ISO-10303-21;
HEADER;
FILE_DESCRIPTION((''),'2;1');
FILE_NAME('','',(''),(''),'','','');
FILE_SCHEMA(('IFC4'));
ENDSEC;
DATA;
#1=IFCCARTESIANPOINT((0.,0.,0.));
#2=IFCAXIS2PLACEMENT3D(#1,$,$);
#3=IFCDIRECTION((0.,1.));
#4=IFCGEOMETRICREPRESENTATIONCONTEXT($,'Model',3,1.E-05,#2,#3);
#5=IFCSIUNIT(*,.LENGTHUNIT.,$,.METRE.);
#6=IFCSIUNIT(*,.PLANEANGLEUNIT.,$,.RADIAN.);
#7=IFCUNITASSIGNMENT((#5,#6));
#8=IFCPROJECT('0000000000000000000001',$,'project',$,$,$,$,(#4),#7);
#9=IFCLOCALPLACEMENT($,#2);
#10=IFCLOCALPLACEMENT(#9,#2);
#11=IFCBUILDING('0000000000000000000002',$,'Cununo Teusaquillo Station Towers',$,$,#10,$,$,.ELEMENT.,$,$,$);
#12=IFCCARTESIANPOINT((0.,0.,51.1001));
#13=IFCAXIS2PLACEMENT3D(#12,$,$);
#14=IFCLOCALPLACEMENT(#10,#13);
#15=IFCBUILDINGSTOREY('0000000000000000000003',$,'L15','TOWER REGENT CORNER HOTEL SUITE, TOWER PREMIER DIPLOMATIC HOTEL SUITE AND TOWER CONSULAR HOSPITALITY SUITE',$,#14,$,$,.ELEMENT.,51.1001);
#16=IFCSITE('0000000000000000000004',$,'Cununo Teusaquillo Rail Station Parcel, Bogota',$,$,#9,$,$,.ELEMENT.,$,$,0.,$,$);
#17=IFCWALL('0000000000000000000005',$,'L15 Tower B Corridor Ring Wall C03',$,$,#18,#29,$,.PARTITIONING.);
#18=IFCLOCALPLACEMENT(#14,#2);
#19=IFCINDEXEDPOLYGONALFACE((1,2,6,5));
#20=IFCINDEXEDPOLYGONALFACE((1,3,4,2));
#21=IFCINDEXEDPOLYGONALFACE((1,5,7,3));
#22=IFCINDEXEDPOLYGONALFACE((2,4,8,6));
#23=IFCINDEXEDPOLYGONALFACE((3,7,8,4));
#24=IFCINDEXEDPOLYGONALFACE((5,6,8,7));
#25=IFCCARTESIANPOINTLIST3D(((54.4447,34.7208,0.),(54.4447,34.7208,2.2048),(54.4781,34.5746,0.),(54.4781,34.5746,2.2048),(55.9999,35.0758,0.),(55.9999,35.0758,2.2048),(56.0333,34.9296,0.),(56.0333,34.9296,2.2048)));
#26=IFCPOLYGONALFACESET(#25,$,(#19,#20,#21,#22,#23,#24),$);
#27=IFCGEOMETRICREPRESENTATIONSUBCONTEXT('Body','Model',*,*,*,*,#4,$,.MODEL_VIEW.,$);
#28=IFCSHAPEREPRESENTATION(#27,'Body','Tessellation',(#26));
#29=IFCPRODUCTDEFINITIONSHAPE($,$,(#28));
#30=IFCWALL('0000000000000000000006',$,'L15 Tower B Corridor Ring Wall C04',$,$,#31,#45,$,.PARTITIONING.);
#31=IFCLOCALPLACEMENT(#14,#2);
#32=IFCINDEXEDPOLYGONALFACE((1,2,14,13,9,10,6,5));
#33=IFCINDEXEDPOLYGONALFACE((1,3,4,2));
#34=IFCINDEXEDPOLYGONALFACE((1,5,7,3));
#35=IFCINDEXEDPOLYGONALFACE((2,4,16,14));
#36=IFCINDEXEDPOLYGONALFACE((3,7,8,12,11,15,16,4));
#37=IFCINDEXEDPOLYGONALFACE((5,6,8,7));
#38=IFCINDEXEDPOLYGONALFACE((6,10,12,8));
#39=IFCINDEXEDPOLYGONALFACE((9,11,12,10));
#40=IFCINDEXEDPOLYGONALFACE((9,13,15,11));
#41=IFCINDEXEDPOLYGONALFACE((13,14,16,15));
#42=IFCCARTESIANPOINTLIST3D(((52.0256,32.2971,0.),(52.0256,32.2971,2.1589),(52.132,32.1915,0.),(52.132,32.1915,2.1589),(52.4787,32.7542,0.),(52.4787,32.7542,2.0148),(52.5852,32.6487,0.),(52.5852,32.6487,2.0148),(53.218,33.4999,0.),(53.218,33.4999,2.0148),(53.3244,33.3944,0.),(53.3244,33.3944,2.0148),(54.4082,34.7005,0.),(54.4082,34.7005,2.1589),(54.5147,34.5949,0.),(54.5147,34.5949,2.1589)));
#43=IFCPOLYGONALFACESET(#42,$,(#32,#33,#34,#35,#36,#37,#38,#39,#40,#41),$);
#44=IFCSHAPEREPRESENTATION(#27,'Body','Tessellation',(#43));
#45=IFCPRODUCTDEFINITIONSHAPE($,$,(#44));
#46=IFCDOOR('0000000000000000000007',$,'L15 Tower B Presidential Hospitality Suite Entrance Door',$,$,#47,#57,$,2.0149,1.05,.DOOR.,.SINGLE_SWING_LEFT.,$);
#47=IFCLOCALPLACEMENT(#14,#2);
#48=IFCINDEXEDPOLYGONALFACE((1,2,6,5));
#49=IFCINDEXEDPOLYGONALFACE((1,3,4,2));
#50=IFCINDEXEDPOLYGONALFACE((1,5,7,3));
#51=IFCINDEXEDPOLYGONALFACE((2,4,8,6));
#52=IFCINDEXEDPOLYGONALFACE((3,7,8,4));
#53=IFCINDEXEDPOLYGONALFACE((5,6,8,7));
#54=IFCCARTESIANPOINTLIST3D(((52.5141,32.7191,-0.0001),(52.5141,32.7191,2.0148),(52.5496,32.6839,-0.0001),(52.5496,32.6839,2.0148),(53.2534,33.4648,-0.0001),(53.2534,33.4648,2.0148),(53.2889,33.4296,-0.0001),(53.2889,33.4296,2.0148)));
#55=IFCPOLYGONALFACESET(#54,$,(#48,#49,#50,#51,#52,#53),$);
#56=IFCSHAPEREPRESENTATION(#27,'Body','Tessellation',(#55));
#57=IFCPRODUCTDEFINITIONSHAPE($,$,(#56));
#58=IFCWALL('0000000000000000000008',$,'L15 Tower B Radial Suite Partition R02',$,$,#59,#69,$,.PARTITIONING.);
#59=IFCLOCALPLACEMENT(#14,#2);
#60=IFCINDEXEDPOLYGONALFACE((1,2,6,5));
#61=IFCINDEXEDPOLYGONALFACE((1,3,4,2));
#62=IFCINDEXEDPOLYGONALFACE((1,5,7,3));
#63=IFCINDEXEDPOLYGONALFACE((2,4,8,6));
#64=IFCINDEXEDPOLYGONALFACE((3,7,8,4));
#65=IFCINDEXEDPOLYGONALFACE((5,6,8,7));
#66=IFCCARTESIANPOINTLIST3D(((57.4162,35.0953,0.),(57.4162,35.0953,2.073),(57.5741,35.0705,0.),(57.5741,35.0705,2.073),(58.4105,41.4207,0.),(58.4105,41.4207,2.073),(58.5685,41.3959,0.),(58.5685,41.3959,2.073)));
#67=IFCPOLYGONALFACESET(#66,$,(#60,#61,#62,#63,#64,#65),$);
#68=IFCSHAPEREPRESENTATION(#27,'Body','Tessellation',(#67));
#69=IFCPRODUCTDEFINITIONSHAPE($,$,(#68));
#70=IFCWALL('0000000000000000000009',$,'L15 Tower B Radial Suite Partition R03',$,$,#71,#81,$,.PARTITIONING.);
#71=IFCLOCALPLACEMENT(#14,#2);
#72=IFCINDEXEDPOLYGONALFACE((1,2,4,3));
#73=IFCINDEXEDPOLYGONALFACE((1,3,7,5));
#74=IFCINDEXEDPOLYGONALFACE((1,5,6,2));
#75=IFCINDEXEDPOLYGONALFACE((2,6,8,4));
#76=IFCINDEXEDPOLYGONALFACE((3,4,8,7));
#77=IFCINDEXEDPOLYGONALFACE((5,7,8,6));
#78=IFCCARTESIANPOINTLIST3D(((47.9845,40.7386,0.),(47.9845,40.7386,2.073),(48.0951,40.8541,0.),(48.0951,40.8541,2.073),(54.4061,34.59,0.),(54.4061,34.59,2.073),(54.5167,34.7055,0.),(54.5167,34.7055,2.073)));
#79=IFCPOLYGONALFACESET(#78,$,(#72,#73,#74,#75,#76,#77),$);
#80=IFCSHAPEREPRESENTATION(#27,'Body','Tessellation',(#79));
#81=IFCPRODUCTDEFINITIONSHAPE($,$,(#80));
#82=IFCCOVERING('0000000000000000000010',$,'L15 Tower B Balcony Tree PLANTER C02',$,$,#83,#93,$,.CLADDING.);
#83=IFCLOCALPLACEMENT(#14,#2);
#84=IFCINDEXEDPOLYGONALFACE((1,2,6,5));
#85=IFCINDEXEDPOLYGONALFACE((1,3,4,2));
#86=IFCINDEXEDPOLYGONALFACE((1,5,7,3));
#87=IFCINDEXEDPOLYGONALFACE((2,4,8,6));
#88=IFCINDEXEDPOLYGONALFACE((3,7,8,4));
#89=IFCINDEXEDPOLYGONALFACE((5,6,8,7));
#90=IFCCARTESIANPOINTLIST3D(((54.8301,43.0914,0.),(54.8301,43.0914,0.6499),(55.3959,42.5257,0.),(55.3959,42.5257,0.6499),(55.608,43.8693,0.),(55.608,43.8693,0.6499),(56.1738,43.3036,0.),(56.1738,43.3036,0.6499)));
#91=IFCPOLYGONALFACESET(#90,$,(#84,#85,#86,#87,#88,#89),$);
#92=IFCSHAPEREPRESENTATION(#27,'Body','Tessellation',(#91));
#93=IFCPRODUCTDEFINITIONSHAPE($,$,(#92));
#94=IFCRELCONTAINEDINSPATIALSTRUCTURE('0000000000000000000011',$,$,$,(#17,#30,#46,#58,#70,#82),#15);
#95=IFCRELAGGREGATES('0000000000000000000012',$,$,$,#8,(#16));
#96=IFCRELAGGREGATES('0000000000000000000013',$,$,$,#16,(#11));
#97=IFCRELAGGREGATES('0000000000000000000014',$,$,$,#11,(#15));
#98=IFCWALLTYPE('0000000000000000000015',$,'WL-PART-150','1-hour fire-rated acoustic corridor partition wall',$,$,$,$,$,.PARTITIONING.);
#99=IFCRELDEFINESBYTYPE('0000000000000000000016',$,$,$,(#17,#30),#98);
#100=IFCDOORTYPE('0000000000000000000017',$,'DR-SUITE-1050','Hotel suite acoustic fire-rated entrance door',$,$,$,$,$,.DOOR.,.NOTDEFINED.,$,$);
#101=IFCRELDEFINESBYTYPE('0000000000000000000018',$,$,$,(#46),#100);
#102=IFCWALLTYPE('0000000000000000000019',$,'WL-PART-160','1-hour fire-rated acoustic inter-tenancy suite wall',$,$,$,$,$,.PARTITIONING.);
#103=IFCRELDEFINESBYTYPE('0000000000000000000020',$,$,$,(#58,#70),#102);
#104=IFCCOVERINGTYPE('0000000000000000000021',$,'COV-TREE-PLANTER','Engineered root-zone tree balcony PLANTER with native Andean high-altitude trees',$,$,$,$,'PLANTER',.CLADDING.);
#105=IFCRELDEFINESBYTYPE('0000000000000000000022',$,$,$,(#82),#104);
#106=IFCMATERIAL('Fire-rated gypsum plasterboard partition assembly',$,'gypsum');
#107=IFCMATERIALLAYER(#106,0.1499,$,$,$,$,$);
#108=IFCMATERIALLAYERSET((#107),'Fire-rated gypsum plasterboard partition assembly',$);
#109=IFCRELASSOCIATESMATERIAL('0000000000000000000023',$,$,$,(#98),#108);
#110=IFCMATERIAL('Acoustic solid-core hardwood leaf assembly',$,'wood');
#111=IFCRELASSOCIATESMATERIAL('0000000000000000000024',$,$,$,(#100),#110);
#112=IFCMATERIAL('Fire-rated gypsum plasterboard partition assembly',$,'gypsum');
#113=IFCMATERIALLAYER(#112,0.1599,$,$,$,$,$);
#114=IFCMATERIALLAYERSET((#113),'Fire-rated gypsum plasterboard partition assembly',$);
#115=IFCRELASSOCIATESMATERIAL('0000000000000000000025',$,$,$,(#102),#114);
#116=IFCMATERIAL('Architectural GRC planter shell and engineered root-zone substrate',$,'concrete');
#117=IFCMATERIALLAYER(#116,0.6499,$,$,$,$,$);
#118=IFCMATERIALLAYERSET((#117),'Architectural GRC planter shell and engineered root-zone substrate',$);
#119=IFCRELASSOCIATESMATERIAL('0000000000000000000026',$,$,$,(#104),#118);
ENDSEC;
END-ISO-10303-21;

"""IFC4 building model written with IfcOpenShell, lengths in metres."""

from ifc_helpers import new_model, si_unit, direction, frame, frame_2d, origin, origin_2d, place, context, subcontext, project, spatial, rectangle, extrude, source, transform, mapped, material, layer, layer_set, type_object, element, fill, save


model = new_model("IFC4")

# Units and contexts
model_context = context("Model", 3, precision=1e-05, world=origin(), true_north=direction((0.0, 1.0)))
body_context = subcontext(model_context, "Body", "Model", "MODEL_VIEW")
ifc_project = project(units=[si_unit("LENGTHUNIT", "METRE"), si_unit("PLANEANGLEUNIT", "RADIAN")], contexts=[model_context])

# Site, building, storey
site_placement = place(None, origin())
site = spatial("IfcSite", under=ifc_project, at=site_placement, Name="Cununo Teusaquillo Rail Station Parcel, Bogota", CompositionType="ELEMENT", RefElevation=0.0)
building_placement = place(site_placement, origin())
building = spatial("IfcBuilding", under=site, at=building_placement, Name="Cununo Teusaquillo Station Towers", CompositionType="ELEMENT")
storey_placement = place(building_placement, frame((0.0, 0.0, 51.1001)))
storey = spatial("IfcBuildingStorey", under=building, at=storey_placement, Name="L15", Description="TOWER REGENT CORNER HOTEL SUITE, TOWER PREMIER DIPLOMATIC HOTEL SUITE AND TOWER CONSULAR HOSPITALITY SUITE", CompositionType="ELEMENT", Elevation=51.1001)

# Shared definitions
ifc_material_1 = material(Name="Fire-rated gypsum plasterboard partition assembly", Category="gypsum")
ifc_layer_1 = layer(ifc_material_1, 0.1499)
ifc_layer_set_1 = layer_set([ifc_layer_1], Name="Fire-rated gypsum plasterboard partition assembly")
wall_type_1 = type_object("IfcWallType", Name="WL-PART-150", Description="1-hour fire-rated acoustic corridor partition wall", PredefinedType="PARTITIONING", material=ifc_layer_set_1)
shared_shape_1 = source(origin(), body_context, "Body", "SweptSolid", [
    extrude(rectangle(XDim=1.05, YDim=2.0149, at=frame_2d((0.5249, 1.0073))), frame((0.0, 0.085, 0.0), z_axis=(0.0, -1.0, 0.0), x_axis=(1.0, 0.0, 0.0)), (0.0, 0.0, 1.0), 0.1699),
])
ifc_material_2 = material(Name="Acoustic solid-core hardwood leaf assembly", Category="wood")
door_type_1 = type_object("IfcDoorType", Name="DR-SUITE-1050", Description="Hotel suite acoustic fire-rated entrance door", OperationType="NOTDEFINED", PredefinedType="DOOR", material=ifc_material_2)
shared_shape_2 = source(origin(), body_context, "Body", "SweptSolid", [
    extrude(rectangle(XDim=1.05, YDim=2.0149, at=frame_2d((0.5249, 1.0073))), frame((0.0, 0.0249, 0.0), z_axis=(0.0, -1.0, 0.0), x_axis=(1.0, 0.0, 0.0)), (0.0, 0.0, 1.0), 0.05),
])

# Wall
wall_1_placement = place(storey_placement, frame((56.0166, 35.0027, 0.0), z_axis=(0.0, 0.0, 1.0), x_axis=(-0.974925, -0.222534, 0.0)))
element("IfcWall", 1, at=wall_1_placement, inside=storey, type_object=wall_type_1, Name="L15 Tower B Corridor Ring Wall C03", PredefinedType="PARTITIONING", context=body_context, shape_type="SweptSolid", body=[
    extrude(rectangle(XDim=1.5952, YDim=0.1499, at=frame_2d((0.7976, 0.0))), origin(), (0.0, 0.0, 1.0), 2.2048),
])

# Wall, opening, door
wall_2_placement = place(storey_placement, frame((54.4614, 34.6477, 0.0), z_axis=(0.0, 0.0, 1.0), x_axis=(-0.704034, -0.710166, 0.0)))
wall_2 = element("IfcWall", 2, at=wall_2_placement, inside=storey, type_object=wall_type_1, Name="L15 Tower B Corridor Ring Wall C04", PredefinedType="PARTITIONING", context=body_context, shape_type="SweptSolid", body=[
    extrude(rectangle(XDim=3.3843, YDim=0.1499, at=frame_2d((1.6921, 0.0))), origin(), (0.0, 0.0, 1.0), 2.1589),
])
opening_1_placement = place(wall_2_placement, frame((1.6907, 0.0, 0.0)))
opening_1 = element("IfcOpeningElement", 3, at=opening_1_placement, cuts=wall_2, PredefinedType="OPENING", context=body_context, shape_type="MappedRepresentation", body=[
    mapped(shared_shape_1, transform((0.0, 0.0, 0.0), x_axis=(1.0, 0.0, 0.0), y_axis=(0.0, 1.0, 0.0), z_axis=(0.0, 0.0, 1.0), scale=1.0)),
])
door_1_placement = place(opening_1_placement, origin())
door_1 = element("IfcDoor", 4, at=door_1_placement, inside=storey, type_object=door_type_1, Name="L15 Tower B Presidential Hospitality Suite Entrance Door", OperationType="SINGLE_SWING_LEFT", OverallHeight=2.0149, OverallWidth=1.05, PredefinedType="DOOR", context=body_context, shape_type="MappedRepresentation", body=[
    mapped(shared_shape_2, transform((0.0, 0.0, 0.0), x_axis=(1.0, 0.0, 0.0), y_axis=(0.0, 1.0, 0.0), z_axis=(0.0, 0.0, 1.0), scale=1.0)),
])
fill(opening_1, door_1)

# Walls
ifc_material_3 = material(Name="Fire-rated gypsum plasterboard partition assembly", Category="gypsum")
ifc_layer_2 = layer(ifc_material_3, 0.1599)
ifc_layer_set_2 = layer_set([ifc_layer_2], Name="Fire-rated gypsum plasterboard partition assembly")
wall_type_2 = type_object("IfcWallType", Name="WL-PART-160", Description="1-hour fire-rated acoustic inter-tenancy suite wall", PredefinedType="PARTITIONING", material=ifc_layer_set_2)
wall_3_placement = place(storey_placement, frame((57.4951, 35.0828, 0.0), z_axis=(0.0, 0.0, 1.0), x_axis=(0.155297, 0.987868, 0.0)))
element("IfcWall", 5, at=wall_3_placement, inside=storey, type_object=wall_type_2, Name="L15 Tower B Radial Suite Partition R02", PredefinedType="PARTITIONING", context=body_context, shape_type="SweptSolid", body=[
    extrude(rectangle(XDim=6.4031, YDim=0.1599, at=frame_2d((3.2017, 0.0))), origin(), (0.0, 0.0, 1.0), 2.073),
])
wall_4_placement = place(storey_placement, frame((54.4614, 34.6477, 0.0), z_axis=(0.0, 0.0, 1.0), x_axis=(-0.72229, 0.69159, 0.0)))
element("IfcWall", 6, at=wall_4_placement, inside=storey, type_object=wall_type_2, Name="L15 Tower B Radial Suite Partition R03", PredefinedType="PARTITIONING", context=body_context, shape_type="SweptSolid", body=[
    extrude(rectangle(XDim=8.8906, YDim=0.1599, at=frame_2d((4.4453, 0.0))), origin(), (0.0, 0.0, 1.0), 2.073),
])

# Covering
ifc_material_4 = material(Name="Architectural GRC planter shell and engineered root-zone substrate", Category="concrete")
ifc_layer_3 = layer(ifc_material_4, 0.6499)
ifc_layer_set_3 = layer_set([ifc_layer_3], Name="Architectural GRC planter shell and engineered root-zone substrate")
covering_type = type_object("IfcCoveringType", Name="COV-TREE-PLANTER", Description="Engineered root-zone tree balcony PLANTER with native Andean high-altitude trees", ElementType="PLANTER", PredefinedType="CLADDING", material=ifc_layer_set_3)
shared_shape_3 = source(origin(), body_context, "Body", "SweptSolid", [
    extrude(rectangle(XDim=1.1001, YDim=0.8, at=origin_2d()), origin(), (0.0, 0.0, 1.0), 0.6499),
])
covering_placement = place(storey_placement, frame((55.502, 43.1975, 0.0), z_axis=(0.0, 0.0, 1.0), x_axis=(0.707107, 0.707107, 0.0)))
element("IfcCovering", 7, at=covering_placement, inside=storey, type_object=covering_type, Name="L15 Tower B Balcony Tree PLANTER C02", PredefinedType="CLADDING", context=body_context, shape_type="MappedRepresentation", body=[
    mapped(shared_shape_3, transform((0.0, 0.0, 0.0), x_axis=(1.0, 0.0, 0.0), y_axis=(0.0, 1.0, 0.0), z_axis=(0.0, 0.0, 1.0), scale=1.0)),
])

save(model, "model.ifc")
